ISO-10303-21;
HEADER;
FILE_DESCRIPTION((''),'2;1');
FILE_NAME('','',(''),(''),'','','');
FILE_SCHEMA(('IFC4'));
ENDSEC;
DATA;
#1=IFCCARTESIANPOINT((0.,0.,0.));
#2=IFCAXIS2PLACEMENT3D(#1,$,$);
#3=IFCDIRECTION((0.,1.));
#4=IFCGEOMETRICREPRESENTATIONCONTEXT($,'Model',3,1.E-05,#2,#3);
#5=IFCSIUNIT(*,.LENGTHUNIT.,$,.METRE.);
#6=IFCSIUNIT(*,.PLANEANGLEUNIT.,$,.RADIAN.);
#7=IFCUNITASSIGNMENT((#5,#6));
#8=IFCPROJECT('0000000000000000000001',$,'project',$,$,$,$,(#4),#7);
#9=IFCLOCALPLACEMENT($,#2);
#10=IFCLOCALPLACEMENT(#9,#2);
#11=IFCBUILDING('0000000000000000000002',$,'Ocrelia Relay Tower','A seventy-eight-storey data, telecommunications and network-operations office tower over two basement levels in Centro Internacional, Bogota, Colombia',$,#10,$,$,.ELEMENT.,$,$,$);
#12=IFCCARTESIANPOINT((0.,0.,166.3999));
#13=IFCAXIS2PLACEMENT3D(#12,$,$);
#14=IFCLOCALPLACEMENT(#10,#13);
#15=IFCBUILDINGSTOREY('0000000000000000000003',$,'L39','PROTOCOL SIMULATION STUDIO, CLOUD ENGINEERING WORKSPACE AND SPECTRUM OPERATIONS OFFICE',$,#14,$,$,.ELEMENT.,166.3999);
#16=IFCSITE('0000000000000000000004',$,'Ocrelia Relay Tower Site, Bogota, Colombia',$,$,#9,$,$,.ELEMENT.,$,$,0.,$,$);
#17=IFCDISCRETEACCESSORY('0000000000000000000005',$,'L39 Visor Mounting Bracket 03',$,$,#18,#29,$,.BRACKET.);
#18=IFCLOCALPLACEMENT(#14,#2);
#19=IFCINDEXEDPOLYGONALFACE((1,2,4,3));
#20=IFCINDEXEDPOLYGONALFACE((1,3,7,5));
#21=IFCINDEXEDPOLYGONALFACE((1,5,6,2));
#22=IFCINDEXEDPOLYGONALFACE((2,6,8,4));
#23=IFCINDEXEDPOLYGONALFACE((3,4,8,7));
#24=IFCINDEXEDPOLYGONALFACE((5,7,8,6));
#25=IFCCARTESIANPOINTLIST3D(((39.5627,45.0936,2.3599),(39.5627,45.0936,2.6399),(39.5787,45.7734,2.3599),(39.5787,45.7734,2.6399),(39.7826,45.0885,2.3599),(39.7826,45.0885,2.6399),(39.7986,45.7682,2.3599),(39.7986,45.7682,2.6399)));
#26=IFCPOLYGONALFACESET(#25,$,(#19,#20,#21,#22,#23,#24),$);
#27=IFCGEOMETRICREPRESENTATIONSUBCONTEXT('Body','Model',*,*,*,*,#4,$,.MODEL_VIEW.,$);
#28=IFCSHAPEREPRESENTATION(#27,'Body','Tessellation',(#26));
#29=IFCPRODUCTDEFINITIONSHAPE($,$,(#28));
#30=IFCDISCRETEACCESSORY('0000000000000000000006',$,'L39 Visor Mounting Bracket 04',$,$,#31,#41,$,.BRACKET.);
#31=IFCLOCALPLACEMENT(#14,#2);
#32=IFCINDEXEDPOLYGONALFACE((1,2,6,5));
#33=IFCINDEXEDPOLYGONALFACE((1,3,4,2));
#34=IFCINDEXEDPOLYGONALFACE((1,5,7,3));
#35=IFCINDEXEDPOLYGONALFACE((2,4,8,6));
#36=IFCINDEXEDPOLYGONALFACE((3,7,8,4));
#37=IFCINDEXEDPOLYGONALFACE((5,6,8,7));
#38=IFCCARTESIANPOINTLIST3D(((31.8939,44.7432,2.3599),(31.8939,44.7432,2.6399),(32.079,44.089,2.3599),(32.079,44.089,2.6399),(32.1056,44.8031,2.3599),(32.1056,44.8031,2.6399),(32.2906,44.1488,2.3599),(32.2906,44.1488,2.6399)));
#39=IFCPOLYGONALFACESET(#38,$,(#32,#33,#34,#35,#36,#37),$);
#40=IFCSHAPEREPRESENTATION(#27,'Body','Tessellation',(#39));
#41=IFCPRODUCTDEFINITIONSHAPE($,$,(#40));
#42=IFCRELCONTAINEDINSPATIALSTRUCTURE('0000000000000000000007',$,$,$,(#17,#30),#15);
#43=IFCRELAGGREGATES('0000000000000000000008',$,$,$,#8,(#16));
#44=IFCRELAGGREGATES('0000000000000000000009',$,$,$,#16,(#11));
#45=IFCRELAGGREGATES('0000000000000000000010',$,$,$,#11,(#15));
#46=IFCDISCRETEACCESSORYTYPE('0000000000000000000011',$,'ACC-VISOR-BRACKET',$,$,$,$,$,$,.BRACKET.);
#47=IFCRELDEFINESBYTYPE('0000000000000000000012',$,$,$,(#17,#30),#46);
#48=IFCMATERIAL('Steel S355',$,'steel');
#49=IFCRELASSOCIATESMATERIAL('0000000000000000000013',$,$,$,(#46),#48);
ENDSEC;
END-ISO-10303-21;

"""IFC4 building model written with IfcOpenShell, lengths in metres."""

from ifc_helpers import new_model, si_unit, direction, frame, origin, origin_2d, place, context, subcontext, project, spatial, rectangle, extrude, material, type_object, element, save


model = new_model("IFC4")

# Units and contexts
model_context = context("Model", 3, precision=1e-05, world=origin(), true_north=direction((0.0, 1.0)))
body_context = subcontext(model_context, "Body", "Model", "MODEL_VIEW")
ifc_project = project(units=[si_unit("LENGTHUNIT", "METRE"), si_unit("PLANEANGLEUNIT", "RADIAN")], contexts=[model_context])

# Site, building, storey
site_placement = place(None, origin())
site = spatial("IfcSite", under=ifc_project, at=site_placement, Name="Ocrelia Relay Tower Site, Bogota, Colombia", CompositionType="ELEMENT", RefElevation=0.0)
building_placement = place(site_placement, origin())
building = spatial("IfcBuilding", under=site, at=building_placement, Name="Ocrelia Relay Tower", Description="A seventy-eight-storey data, telecommunications and network-operations office tower over two basement levels in Centro Internacional, Bogota, Colombia", CompositionType="ELEMENT")
storey_placement = place(building_placement, frame((0.0, 0.0, 166.3999)))
storey = spatial("IfcBuildingStorey", under=building, at=storey_placement, Name="L39", Description="PROTOCOL SIMULATION STUDIO, CLOUD ENGINEERING WORKSPACE AND SPECTRUM OPERATIONS OFFICE", CompositionType="ELEMENT", Elevation=166.3999)

# Shared definitions
ifc_material_1 = material(Name="Steel S355", Category="steel")

# Discrete accessories
discrete_accessory_type = type_object("IfcDiscreteAccessoryType", Name="ACC-VISOR-BRACKET", PredefinedType="BRACKET", material=ifc_material_1)
for number, where, z_axis, x_axis, name in (
    (1, (39.6807, 45.4309, 2.3599), (0.0, 0.0, 1.0), (-0.999724, 0.023481, 0.0), "L39 Visor Mounting Bracket 03"),
    (2, (32.0923, 44.446, 2.3599), (0.0, 0.0, 1.0), (-0.962257, -0.272143, 0.0), "L39 Visor Mounting Bracket 04"),
):
    element("IfcDiscreteAccessory", number, at=place(storey_placement, frame(where, z_axis=z_axis, x_axis=x_axis)), inside=storey, type_object=discrete_accessory_type, Name=name, PredefinedType="BRACKET", context=body_context, shape_type="SweptSolid", body=[
        extrude(rectangle(XDim=0.22, YDim=0.6799, at=origin_2d()), origin(), (0.0, 0.0, 1.0), 0.28),
    ])

save(model, "model.ifc")
